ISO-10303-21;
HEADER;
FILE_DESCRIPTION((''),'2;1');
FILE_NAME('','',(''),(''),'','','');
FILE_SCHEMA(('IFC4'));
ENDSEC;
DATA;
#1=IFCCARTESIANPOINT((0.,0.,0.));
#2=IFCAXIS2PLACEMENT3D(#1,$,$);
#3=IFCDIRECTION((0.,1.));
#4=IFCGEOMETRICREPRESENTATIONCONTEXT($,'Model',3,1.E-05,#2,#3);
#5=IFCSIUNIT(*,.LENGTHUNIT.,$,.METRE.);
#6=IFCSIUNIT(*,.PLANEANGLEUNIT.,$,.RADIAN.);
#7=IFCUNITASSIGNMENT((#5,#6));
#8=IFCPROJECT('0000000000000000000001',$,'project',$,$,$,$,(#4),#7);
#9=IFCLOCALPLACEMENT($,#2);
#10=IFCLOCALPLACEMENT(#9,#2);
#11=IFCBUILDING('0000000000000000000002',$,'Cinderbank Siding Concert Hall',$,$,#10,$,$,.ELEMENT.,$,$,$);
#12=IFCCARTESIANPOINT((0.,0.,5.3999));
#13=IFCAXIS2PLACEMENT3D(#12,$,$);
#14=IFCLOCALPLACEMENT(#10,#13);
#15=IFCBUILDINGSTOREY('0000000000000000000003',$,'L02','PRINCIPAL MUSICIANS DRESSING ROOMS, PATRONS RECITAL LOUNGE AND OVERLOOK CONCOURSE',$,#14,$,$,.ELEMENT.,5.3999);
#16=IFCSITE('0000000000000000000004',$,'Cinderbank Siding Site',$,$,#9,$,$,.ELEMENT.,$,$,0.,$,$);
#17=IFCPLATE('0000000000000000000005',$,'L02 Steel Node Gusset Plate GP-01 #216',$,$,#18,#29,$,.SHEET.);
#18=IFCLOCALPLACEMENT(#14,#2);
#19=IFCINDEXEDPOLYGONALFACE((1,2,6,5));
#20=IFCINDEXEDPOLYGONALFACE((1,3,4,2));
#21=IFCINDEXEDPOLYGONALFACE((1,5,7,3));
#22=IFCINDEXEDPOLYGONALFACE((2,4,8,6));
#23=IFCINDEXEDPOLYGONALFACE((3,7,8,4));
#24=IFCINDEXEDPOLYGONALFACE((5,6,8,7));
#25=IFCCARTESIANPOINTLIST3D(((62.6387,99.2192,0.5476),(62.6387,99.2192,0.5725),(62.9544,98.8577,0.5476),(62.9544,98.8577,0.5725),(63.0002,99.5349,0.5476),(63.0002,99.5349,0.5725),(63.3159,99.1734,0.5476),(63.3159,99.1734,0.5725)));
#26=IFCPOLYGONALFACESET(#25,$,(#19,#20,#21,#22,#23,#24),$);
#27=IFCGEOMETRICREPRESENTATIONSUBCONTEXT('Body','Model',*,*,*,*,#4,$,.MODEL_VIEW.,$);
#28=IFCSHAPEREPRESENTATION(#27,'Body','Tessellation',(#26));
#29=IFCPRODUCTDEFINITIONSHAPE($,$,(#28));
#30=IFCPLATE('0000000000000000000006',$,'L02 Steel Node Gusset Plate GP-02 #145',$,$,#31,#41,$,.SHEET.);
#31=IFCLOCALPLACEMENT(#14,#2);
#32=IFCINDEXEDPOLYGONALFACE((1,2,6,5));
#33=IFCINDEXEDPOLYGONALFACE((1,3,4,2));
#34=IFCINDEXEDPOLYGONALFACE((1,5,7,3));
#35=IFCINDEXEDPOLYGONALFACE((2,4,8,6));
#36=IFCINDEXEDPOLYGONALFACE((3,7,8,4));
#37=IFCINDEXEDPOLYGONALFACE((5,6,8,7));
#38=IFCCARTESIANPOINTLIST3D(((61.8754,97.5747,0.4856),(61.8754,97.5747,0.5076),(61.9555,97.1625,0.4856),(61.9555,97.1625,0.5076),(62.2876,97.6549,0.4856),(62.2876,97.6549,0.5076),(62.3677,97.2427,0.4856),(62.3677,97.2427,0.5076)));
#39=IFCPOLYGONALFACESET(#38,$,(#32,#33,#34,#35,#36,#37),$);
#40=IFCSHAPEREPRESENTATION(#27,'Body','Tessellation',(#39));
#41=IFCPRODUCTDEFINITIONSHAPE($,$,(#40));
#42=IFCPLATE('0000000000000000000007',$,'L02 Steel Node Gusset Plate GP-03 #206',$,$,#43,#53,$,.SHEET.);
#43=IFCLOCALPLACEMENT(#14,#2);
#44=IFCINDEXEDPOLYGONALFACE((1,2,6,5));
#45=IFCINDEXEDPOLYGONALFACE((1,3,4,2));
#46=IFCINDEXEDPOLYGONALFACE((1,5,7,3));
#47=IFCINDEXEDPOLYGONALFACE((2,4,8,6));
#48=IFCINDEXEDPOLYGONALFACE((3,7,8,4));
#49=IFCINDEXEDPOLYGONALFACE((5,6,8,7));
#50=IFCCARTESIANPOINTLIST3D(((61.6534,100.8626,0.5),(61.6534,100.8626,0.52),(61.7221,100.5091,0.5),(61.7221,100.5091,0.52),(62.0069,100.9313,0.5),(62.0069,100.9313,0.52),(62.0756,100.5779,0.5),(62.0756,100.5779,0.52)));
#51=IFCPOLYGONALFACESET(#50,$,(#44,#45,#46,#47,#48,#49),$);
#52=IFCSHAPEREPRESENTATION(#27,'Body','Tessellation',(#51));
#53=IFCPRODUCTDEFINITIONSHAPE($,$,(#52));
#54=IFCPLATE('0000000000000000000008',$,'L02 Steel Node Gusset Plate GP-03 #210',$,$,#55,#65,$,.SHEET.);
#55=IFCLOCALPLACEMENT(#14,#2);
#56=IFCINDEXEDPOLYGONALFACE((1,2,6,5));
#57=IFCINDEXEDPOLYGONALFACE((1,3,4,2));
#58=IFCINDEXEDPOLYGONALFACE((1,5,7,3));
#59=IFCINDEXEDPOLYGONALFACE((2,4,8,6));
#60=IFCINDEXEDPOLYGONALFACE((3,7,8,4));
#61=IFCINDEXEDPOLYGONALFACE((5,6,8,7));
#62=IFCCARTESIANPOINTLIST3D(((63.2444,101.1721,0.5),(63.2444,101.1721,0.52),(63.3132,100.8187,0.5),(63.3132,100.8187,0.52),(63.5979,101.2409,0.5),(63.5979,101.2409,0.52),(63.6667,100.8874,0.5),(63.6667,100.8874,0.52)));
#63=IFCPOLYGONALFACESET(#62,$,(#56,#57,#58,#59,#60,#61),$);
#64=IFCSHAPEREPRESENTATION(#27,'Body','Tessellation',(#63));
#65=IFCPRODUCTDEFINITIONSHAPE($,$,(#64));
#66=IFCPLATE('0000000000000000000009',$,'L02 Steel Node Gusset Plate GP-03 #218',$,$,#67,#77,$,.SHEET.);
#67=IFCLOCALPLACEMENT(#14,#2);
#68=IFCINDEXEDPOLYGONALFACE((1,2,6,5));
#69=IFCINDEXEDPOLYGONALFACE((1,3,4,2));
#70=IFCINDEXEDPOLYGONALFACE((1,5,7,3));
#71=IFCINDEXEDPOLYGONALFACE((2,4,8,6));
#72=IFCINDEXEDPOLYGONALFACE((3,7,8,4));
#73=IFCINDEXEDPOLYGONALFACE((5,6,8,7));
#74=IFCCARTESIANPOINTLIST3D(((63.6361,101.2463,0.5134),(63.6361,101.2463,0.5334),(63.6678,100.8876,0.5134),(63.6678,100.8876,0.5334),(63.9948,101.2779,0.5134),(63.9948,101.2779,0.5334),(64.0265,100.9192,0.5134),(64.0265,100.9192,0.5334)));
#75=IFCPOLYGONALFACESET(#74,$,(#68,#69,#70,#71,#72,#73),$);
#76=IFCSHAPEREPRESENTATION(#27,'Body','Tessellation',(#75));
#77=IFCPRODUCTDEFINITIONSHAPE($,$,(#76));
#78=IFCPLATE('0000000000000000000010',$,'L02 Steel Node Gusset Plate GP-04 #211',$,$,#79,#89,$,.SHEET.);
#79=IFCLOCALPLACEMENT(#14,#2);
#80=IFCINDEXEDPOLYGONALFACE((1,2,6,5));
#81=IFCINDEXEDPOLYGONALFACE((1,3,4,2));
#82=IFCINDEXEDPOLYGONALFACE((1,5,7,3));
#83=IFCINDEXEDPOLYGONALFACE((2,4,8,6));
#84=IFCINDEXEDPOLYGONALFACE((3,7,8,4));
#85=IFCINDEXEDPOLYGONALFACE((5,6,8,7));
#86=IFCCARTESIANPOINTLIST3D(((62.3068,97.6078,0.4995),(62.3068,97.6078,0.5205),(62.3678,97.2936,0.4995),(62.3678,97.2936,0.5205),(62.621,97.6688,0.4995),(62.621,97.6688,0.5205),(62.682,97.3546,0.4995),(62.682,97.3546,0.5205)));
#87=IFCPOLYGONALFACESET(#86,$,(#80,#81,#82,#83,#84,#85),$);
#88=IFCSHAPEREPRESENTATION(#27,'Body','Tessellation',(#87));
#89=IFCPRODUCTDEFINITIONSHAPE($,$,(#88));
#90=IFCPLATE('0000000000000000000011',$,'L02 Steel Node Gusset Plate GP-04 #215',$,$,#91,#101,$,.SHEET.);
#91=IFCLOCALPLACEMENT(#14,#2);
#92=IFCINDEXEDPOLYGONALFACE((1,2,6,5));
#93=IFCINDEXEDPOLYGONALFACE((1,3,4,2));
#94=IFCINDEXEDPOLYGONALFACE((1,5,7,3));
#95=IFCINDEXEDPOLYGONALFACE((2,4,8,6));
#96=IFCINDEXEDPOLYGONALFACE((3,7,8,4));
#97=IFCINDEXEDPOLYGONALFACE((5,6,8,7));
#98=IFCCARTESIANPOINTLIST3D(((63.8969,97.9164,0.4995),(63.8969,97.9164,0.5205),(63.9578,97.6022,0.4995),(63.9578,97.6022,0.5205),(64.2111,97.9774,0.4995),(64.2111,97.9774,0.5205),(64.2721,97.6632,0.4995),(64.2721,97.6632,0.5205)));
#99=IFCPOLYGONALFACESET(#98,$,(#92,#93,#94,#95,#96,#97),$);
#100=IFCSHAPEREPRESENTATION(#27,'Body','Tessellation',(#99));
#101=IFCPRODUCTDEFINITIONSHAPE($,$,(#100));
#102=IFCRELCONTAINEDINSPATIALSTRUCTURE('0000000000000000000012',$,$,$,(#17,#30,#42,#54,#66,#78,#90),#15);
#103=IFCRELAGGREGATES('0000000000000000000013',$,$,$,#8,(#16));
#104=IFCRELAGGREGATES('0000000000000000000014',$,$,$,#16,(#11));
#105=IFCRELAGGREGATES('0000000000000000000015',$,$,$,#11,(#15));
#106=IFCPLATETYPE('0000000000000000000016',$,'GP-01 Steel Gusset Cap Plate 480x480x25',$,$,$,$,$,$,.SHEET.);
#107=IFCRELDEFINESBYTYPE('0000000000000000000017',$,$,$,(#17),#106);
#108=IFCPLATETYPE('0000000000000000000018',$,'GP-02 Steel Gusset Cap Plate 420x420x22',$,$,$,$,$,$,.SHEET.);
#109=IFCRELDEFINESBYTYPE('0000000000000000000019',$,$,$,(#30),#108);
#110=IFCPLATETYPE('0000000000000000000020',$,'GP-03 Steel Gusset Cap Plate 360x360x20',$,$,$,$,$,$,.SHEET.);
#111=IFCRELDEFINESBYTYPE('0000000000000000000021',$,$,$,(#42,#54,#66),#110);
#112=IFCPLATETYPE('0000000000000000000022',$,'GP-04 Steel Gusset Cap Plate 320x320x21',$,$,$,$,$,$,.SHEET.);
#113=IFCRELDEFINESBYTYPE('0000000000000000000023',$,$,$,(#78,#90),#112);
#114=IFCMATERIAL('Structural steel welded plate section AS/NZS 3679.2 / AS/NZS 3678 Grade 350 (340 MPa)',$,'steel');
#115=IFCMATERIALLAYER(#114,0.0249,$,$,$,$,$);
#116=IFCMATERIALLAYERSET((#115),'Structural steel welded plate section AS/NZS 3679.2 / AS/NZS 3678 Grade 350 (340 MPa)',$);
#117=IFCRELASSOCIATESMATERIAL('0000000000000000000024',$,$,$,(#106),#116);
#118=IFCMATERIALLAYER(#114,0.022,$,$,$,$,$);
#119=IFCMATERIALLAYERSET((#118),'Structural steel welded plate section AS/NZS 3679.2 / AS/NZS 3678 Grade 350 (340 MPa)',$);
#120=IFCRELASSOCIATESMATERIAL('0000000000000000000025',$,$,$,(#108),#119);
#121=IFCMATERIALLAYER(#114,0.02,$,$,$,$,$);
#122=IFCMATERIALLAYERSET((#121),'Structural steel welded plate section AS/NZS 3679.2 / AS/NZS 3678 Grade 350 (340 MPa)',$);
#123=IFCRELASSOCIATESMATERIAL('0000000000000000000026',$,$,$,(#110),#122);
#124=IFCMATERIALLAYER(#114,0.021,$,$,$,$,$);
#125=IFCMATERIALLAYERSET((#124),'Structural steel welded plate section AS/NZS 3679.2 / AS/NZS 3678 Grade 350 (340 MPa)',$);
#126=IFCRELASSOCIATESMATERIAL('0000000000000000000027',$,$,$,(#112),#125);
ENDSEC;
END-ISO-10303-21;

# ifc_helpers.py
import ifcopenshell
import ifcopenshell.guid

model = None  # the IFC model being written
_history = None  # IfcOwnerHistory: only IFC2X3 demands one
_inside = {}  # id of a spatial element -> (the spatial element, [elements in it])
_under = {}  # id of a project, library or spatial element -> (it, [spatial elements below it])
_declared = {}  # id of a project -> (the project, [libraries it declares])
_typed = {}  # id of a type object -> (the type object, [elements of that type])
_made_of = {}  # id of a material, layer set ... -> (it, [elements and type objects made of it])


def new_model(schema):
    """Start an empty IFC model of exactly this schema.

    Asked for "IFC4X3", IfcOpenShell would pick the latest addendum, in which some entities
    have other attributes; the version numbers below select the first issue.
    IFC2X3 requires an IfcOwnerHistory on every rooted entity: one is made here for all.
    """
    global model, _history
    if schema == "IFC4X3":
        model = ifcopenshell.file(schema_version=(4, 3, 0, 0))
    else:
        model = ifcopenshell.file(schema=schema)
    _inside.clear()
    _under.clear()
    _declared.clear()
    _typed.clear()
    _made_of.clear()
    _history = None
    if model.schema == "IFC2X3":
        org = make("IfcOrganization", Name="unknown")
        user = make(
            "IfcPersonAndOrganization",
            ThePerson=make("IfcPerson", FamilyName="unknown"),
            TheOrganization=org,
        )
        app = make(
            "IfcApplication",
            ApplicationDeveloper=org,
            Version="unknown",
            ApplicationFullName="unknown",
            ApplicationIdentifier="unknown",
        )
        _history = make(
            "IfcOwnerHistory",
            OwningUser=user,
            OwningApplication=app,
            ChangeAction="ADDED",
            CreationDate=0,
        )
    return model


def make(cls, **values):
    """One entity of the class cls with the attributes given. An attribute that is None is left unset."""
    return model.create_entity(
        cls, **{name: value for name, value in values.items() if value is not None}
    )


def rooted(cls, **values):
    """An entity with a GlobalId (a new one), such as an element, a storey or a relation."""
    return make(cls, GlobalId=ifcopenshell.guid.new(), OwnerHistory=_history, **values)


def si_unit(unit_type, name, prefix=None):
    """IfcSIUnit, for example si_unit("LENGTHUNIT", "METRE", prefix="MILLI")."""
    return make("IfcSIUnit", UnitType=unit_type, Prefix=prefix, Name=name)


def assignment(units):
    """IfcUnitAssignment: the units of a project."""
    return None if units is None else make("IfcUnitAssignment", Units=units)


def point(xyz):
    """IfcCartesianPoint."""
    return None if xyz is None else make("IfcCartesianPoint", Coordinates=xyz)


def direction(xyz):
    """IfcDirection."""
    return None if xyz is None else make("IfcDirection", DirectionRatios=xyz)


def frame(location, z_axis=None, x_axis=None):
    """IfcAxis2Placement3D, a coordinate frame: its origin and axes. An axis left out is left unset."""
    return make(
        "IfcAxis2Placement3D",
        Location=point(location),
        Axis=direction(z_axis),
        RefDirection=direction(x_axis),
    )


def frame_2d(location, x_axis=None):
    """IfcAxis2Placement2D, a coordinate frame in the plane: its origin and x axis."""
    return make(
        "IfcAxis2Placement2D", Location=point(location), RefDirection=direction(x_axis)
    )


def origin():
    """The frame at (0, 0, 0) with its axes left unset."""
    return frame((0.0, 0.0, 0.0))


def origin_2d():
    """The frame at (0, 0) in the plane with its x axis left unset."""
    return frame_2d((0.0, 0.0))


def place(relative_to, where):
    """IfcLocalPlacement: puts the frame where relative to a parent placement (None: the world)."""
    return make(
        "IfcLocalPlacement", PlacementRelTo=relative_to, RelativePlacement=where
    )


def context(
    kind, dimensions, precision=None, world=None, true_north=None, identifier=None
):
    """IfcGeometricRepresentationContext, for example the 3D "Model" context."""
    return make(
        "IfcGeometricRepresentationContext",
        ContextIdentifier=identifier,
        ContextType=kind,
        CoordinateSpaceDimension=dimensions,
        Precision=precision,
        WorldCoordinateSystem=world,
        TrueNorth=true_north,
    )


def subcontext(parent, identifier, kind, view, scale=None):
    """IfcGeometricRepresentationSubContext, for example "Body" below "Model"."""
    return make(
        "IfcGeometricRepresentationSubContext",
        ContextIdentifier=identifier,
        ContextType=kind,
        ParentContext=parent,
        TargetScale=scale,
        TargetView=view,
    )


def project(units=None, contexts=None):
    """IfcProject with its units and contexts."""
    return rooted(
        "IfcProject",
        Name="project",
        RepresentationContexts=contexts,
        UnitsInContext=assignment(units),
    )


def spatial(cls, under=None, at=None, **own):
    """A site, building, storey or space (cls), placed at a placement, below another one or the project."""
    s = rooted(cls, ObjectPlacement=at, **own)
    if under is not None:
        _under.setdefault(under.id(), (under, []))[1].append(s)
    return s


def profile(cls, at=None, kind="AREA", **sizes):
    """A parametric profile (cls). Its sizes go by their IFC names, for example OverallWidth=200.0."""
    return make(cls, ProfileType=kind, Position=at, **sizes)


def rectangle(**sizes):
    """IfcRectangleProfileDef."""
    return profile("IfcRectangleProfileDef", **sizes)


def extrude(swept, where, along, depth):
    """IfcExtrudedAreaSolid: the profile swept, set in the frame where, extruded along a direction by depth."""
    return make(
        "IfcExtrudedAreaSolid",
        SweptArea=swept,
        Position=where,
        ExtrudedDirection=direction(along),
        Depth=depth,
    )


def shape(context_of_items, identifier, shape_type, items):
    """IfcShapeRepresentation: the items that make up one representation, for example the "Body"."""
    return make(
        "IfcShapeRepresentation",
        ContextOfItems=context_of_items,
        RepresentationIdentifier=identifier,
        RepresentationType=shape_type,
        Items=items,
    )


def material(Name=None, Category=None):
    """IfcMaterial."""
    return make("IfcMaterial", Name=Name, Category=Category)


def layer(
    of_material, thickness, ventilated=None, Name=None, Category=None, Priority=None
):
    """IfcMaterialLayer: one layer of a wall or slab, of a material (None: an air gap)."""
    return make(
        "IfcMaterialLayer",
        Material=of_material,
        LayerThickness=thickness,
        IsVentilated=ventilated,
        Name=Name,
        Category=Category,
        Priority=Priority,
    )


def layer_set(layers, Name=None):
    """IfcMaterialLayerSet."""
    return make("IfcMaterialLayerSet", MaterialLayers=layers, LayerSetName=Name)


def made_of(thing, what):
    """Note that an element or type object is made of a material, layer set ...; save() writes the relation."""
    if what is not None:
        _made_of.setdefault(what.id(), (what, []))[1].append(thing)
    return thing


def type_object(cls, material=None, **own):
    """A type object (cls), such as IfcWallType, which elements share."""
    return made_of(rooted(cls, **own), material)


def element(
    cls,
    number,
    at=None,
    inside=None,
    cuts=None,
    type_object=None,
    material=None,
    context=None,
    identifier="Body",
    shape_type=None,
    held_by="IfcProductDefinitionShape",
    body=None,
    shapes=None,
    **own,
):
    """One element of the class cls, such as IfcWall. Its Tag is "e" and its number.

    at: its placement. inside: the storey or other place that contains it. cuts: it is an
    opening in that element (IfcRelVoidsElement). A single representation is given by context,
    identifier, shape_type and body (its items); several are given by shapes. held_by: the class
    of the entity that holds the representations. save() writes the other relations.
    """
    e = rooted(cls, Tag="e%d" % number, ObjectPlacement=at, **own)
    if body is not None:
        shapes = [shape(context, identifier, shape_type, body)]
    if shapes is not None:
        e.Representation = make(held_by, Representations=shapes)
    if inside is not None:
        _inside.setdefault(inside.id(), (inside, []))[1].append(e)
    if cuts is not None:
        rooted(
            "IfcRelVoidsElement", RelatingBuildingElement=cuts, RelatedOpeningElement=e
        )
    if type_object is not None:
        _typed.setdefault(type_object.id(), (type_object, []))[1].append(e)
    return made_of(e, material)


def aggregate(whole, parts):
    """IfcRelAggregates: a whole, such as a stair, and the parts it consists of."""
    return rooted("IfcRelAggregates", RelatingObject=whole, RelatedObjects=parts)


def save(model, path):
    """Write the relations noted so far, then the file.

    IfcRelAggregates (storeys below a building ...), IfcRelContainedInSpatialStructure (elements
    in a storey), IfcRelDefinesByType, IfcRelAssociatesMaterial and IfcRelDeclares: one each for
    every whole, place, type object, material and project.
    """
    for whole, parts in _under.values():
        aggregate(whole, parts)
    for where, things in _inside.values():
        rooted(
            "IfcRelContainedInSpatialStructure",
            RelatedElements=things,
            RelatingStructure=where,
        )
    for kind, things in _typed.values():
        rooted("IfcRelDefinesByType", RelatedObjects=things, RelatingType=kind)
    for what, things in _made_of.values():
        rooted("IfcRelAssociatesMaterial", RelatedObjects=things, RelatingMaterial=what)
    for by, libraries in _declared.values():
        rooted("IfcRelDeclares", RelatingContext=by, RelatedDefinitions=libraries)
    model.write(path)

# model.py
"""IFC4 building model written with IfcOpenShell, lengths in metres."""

from ifc_helpers import new_model, si_unit, direction, frame, origin, origin_2d, place, context, subcontext, project, spatial, rectangle, extrude, material, layer, layer_set, type_object, element, save


model = new_model("IFC4")

# Units and contexts
model_context = context("Model", 3, precision=1e-05, world=origin(), true_north=direction((0.0, 1.0)))
body_context = subcontext(model_context, "Body", "Model", "MODEL_VIEW")
ifc_project = project(units=[si_unit("LENGTHUNIT", "METRE"), si_unit("PLANEANGLEUNIT", "RADIAN")], contexts=[model_context])

# Site, building, storey
site_placement = place(None, origin())
site = spatial("IfcSite", under=ifc_project, at=site_placement, Name="Cinderbank Siding Site", CompositionType="ELEMENT", RefElevation=0.0)
building_placement = place(site_placement, origin())
building = spatial("IfcBuilding", under=site, at=building_placement, Name="Cinderbank Siding Concert Hall", CompositionType="ELEMENT")
storey_placement = place(building_placement, frame((0.0, 0.0, 5.3999)))
storey = spatial("IfcBuildingStorey", under=building, at=storey_placement, Name="L02", Description="PRINCIPAL MUSICIANS DRESSING ROOMS, PATRONS RECITAL LOUNGE AND OVERLOOK CONCOURSE", CompositionType="ELEMENT", Elevation=5.3999)

# Shared definitions
ifc_material_1 = material(Name="Structural steel welded plate section AS/NZS 3679.2 / AS/NZS 3678 Grade 350 (340 MPa)", Category="steel")

# Plates
ifc_layer_1 = layer(ifc_material_1, 0.0249)
ifc_layer_set_1 = layer_set([ifc_layer_1], Name="Structural steel welded plate section AS/NZS 3679.2 / AS/NZS 3678 Grade 350 (340 MPa)")
plate_type_1 = type_object("IfcPlateType", Name="GP-01 Steel Gusset Cap Plate 480x480x25", PredefinedType="SHEET", material=ifc_layer_set_1)
plate_1_placement = place(storey_placement, frame((62.9773, 99.1963, 0.5476), z_axis=(0.0, 0.0, 1.0), x_axis=(0.65777, -0.753219, 0.0)))
element("IfcPlate", 1, at=plate_1_placement, inside=storey, type_object=plate_type_1, Name="L02 Steel Node Gusset Plate GP-01 #216", PredefinedType="SHEET", context=body_context, shape_type="SweptSolid", body=[
    extrude(rectangle(XDim=0.48, YDim=0.48, at=origin_2d()), origin(), (0.0, 0.0, 1.0), 0.0249),
])
ifc_layer_2 = layer(ifc_material_1, 0.022)
ifc_layer_set_2 = layer_set([ifc_layer_2], Name="Structural steel welded plate section AS/NZS 3679.2 / AS/NZS 3678 Grade 350 (340 MPa)")
plate_type_2 = type_object("IfcPlateType", Name="GP-02 Steel Gusset Cap Plate 420x420x22", PredefinedType="SHEET", material=ifc_layer_set_2)
plate_2_placement = place(storey_placement, frame((62.1216, 97.4087, 0.4856), z_axis=(0.0, 0.0, 1.0), x_axis=(0.981627, 0.190809, 0.0)))
element("IfcPlate", 2, at=plate_2_placement, inside=storey, type_object=plate_type_2, Name="L02 Steel Node Gusset Plate GP-02 #145", PredefinedType="SHEET", context=body_context, shape_type="SweptSolid", body=[
    extrude(rectangle(XDim=0.4199, YDim=0.4199, at=origin_2d()), origin(), (0.0, 0.0, 1.0), 0.022),
])
ifc_layer_3 = layer(ifc_material_1, 0.02)
ifc_layer_set_3 = layer_set([ifc_layer_3], Name="Structural steel welded plate section AS/NZS 3679.2 / AS/NZS 3678 Grade 350 (340 MPa)")
plate_type_3 = type_object("IfcPlateType", Name="GP-03 Steel Gusset Cap Plate 360x360x20", PredefinedType="SHEET", material=ifc_layer_set_3)
for number, where, z_axis, x_axis, name in (
    (3, (61.8645, 100.7202, 0.5), (0.0, 0.0, 1.0), (0.981594, 0.19098, 0.0), "L02 Steel Node Gusset Plate GP-03 #206"),
    (4, (63.4556, 101.0298, 0.5), (0.0, 0.0, 1.0), (0.981594, 0.19098, 0.0), "L02 Steel Node Gusset Plate GP-03 #210"),
    (5, (63.8313, 101.0828, 0.5134), (0.0, 0.0, 1.0), (0.996134, 0.087851, 0.0), "L02 Steel Node Gusset Plate GP-03 #218"),
):
    element("IfcPlate", number, at=place(storey_placement, frame(where, z_axis=z_axis, x_axis=x_axis)), inside=storey, type_object=plate_type_3, Name=name, PredefinedType="SHEET", context=body_context, shape_type="SweptSolid", body=[
        extrude(rectangle(XDim=0.3601, YDim=0.3601, at=origin_2d()), origin(), (0.0, 0.0, 1.0), 0.02),
    ])
ifc_layer_4 = layer(ifc_material_1, 0.021)
ifc_layer_set_4 = layer_set([ifc_layer_4], Name="Structural steel welded plate section AS/NZS 3679.2 / AS/NZS 3678 Grade 350 (340 MPa)")
plate_type_4 = type_object("IfcPlateType", Name="GP-04 Steel Gusset Cap Plate 320x320x21", PredefinedType="SHEET", material=ifc_layer_set_4)
for number, where, z_axis, x_axis, name in (
    (6, (62.4944, 97.4812, 0.4995), (0.0, 0.0, 1.0), (0.981694, 0.190466, 0.0), "L02 Steel Node Gusset Plate GP-04 #211"),
    (7, (64.0845, 97.7898, 0.4995), (0.0, 0.0, 1.0), (0.981694, 0.190466, 0.0), "L02 Steel Node Gusset Plate GP-04 #215"),
):
    element("IfcPlate", number, at=place(storey_placement, frame(where, z_axis=z_axis, x_axis=x_axis)), inside=storey, type_object=plate_type_4, Name=name, PredefinedType="SHEET", context=body_context, shape_type="SweptSolid", body=[
        extrude(rectangle(XDim=0.3201, YDim=0.3201, at=origin_2d()), origin(), (0.0, 0.0, 1.0), 0.021),
    ])

save(model, "model.ifc")
